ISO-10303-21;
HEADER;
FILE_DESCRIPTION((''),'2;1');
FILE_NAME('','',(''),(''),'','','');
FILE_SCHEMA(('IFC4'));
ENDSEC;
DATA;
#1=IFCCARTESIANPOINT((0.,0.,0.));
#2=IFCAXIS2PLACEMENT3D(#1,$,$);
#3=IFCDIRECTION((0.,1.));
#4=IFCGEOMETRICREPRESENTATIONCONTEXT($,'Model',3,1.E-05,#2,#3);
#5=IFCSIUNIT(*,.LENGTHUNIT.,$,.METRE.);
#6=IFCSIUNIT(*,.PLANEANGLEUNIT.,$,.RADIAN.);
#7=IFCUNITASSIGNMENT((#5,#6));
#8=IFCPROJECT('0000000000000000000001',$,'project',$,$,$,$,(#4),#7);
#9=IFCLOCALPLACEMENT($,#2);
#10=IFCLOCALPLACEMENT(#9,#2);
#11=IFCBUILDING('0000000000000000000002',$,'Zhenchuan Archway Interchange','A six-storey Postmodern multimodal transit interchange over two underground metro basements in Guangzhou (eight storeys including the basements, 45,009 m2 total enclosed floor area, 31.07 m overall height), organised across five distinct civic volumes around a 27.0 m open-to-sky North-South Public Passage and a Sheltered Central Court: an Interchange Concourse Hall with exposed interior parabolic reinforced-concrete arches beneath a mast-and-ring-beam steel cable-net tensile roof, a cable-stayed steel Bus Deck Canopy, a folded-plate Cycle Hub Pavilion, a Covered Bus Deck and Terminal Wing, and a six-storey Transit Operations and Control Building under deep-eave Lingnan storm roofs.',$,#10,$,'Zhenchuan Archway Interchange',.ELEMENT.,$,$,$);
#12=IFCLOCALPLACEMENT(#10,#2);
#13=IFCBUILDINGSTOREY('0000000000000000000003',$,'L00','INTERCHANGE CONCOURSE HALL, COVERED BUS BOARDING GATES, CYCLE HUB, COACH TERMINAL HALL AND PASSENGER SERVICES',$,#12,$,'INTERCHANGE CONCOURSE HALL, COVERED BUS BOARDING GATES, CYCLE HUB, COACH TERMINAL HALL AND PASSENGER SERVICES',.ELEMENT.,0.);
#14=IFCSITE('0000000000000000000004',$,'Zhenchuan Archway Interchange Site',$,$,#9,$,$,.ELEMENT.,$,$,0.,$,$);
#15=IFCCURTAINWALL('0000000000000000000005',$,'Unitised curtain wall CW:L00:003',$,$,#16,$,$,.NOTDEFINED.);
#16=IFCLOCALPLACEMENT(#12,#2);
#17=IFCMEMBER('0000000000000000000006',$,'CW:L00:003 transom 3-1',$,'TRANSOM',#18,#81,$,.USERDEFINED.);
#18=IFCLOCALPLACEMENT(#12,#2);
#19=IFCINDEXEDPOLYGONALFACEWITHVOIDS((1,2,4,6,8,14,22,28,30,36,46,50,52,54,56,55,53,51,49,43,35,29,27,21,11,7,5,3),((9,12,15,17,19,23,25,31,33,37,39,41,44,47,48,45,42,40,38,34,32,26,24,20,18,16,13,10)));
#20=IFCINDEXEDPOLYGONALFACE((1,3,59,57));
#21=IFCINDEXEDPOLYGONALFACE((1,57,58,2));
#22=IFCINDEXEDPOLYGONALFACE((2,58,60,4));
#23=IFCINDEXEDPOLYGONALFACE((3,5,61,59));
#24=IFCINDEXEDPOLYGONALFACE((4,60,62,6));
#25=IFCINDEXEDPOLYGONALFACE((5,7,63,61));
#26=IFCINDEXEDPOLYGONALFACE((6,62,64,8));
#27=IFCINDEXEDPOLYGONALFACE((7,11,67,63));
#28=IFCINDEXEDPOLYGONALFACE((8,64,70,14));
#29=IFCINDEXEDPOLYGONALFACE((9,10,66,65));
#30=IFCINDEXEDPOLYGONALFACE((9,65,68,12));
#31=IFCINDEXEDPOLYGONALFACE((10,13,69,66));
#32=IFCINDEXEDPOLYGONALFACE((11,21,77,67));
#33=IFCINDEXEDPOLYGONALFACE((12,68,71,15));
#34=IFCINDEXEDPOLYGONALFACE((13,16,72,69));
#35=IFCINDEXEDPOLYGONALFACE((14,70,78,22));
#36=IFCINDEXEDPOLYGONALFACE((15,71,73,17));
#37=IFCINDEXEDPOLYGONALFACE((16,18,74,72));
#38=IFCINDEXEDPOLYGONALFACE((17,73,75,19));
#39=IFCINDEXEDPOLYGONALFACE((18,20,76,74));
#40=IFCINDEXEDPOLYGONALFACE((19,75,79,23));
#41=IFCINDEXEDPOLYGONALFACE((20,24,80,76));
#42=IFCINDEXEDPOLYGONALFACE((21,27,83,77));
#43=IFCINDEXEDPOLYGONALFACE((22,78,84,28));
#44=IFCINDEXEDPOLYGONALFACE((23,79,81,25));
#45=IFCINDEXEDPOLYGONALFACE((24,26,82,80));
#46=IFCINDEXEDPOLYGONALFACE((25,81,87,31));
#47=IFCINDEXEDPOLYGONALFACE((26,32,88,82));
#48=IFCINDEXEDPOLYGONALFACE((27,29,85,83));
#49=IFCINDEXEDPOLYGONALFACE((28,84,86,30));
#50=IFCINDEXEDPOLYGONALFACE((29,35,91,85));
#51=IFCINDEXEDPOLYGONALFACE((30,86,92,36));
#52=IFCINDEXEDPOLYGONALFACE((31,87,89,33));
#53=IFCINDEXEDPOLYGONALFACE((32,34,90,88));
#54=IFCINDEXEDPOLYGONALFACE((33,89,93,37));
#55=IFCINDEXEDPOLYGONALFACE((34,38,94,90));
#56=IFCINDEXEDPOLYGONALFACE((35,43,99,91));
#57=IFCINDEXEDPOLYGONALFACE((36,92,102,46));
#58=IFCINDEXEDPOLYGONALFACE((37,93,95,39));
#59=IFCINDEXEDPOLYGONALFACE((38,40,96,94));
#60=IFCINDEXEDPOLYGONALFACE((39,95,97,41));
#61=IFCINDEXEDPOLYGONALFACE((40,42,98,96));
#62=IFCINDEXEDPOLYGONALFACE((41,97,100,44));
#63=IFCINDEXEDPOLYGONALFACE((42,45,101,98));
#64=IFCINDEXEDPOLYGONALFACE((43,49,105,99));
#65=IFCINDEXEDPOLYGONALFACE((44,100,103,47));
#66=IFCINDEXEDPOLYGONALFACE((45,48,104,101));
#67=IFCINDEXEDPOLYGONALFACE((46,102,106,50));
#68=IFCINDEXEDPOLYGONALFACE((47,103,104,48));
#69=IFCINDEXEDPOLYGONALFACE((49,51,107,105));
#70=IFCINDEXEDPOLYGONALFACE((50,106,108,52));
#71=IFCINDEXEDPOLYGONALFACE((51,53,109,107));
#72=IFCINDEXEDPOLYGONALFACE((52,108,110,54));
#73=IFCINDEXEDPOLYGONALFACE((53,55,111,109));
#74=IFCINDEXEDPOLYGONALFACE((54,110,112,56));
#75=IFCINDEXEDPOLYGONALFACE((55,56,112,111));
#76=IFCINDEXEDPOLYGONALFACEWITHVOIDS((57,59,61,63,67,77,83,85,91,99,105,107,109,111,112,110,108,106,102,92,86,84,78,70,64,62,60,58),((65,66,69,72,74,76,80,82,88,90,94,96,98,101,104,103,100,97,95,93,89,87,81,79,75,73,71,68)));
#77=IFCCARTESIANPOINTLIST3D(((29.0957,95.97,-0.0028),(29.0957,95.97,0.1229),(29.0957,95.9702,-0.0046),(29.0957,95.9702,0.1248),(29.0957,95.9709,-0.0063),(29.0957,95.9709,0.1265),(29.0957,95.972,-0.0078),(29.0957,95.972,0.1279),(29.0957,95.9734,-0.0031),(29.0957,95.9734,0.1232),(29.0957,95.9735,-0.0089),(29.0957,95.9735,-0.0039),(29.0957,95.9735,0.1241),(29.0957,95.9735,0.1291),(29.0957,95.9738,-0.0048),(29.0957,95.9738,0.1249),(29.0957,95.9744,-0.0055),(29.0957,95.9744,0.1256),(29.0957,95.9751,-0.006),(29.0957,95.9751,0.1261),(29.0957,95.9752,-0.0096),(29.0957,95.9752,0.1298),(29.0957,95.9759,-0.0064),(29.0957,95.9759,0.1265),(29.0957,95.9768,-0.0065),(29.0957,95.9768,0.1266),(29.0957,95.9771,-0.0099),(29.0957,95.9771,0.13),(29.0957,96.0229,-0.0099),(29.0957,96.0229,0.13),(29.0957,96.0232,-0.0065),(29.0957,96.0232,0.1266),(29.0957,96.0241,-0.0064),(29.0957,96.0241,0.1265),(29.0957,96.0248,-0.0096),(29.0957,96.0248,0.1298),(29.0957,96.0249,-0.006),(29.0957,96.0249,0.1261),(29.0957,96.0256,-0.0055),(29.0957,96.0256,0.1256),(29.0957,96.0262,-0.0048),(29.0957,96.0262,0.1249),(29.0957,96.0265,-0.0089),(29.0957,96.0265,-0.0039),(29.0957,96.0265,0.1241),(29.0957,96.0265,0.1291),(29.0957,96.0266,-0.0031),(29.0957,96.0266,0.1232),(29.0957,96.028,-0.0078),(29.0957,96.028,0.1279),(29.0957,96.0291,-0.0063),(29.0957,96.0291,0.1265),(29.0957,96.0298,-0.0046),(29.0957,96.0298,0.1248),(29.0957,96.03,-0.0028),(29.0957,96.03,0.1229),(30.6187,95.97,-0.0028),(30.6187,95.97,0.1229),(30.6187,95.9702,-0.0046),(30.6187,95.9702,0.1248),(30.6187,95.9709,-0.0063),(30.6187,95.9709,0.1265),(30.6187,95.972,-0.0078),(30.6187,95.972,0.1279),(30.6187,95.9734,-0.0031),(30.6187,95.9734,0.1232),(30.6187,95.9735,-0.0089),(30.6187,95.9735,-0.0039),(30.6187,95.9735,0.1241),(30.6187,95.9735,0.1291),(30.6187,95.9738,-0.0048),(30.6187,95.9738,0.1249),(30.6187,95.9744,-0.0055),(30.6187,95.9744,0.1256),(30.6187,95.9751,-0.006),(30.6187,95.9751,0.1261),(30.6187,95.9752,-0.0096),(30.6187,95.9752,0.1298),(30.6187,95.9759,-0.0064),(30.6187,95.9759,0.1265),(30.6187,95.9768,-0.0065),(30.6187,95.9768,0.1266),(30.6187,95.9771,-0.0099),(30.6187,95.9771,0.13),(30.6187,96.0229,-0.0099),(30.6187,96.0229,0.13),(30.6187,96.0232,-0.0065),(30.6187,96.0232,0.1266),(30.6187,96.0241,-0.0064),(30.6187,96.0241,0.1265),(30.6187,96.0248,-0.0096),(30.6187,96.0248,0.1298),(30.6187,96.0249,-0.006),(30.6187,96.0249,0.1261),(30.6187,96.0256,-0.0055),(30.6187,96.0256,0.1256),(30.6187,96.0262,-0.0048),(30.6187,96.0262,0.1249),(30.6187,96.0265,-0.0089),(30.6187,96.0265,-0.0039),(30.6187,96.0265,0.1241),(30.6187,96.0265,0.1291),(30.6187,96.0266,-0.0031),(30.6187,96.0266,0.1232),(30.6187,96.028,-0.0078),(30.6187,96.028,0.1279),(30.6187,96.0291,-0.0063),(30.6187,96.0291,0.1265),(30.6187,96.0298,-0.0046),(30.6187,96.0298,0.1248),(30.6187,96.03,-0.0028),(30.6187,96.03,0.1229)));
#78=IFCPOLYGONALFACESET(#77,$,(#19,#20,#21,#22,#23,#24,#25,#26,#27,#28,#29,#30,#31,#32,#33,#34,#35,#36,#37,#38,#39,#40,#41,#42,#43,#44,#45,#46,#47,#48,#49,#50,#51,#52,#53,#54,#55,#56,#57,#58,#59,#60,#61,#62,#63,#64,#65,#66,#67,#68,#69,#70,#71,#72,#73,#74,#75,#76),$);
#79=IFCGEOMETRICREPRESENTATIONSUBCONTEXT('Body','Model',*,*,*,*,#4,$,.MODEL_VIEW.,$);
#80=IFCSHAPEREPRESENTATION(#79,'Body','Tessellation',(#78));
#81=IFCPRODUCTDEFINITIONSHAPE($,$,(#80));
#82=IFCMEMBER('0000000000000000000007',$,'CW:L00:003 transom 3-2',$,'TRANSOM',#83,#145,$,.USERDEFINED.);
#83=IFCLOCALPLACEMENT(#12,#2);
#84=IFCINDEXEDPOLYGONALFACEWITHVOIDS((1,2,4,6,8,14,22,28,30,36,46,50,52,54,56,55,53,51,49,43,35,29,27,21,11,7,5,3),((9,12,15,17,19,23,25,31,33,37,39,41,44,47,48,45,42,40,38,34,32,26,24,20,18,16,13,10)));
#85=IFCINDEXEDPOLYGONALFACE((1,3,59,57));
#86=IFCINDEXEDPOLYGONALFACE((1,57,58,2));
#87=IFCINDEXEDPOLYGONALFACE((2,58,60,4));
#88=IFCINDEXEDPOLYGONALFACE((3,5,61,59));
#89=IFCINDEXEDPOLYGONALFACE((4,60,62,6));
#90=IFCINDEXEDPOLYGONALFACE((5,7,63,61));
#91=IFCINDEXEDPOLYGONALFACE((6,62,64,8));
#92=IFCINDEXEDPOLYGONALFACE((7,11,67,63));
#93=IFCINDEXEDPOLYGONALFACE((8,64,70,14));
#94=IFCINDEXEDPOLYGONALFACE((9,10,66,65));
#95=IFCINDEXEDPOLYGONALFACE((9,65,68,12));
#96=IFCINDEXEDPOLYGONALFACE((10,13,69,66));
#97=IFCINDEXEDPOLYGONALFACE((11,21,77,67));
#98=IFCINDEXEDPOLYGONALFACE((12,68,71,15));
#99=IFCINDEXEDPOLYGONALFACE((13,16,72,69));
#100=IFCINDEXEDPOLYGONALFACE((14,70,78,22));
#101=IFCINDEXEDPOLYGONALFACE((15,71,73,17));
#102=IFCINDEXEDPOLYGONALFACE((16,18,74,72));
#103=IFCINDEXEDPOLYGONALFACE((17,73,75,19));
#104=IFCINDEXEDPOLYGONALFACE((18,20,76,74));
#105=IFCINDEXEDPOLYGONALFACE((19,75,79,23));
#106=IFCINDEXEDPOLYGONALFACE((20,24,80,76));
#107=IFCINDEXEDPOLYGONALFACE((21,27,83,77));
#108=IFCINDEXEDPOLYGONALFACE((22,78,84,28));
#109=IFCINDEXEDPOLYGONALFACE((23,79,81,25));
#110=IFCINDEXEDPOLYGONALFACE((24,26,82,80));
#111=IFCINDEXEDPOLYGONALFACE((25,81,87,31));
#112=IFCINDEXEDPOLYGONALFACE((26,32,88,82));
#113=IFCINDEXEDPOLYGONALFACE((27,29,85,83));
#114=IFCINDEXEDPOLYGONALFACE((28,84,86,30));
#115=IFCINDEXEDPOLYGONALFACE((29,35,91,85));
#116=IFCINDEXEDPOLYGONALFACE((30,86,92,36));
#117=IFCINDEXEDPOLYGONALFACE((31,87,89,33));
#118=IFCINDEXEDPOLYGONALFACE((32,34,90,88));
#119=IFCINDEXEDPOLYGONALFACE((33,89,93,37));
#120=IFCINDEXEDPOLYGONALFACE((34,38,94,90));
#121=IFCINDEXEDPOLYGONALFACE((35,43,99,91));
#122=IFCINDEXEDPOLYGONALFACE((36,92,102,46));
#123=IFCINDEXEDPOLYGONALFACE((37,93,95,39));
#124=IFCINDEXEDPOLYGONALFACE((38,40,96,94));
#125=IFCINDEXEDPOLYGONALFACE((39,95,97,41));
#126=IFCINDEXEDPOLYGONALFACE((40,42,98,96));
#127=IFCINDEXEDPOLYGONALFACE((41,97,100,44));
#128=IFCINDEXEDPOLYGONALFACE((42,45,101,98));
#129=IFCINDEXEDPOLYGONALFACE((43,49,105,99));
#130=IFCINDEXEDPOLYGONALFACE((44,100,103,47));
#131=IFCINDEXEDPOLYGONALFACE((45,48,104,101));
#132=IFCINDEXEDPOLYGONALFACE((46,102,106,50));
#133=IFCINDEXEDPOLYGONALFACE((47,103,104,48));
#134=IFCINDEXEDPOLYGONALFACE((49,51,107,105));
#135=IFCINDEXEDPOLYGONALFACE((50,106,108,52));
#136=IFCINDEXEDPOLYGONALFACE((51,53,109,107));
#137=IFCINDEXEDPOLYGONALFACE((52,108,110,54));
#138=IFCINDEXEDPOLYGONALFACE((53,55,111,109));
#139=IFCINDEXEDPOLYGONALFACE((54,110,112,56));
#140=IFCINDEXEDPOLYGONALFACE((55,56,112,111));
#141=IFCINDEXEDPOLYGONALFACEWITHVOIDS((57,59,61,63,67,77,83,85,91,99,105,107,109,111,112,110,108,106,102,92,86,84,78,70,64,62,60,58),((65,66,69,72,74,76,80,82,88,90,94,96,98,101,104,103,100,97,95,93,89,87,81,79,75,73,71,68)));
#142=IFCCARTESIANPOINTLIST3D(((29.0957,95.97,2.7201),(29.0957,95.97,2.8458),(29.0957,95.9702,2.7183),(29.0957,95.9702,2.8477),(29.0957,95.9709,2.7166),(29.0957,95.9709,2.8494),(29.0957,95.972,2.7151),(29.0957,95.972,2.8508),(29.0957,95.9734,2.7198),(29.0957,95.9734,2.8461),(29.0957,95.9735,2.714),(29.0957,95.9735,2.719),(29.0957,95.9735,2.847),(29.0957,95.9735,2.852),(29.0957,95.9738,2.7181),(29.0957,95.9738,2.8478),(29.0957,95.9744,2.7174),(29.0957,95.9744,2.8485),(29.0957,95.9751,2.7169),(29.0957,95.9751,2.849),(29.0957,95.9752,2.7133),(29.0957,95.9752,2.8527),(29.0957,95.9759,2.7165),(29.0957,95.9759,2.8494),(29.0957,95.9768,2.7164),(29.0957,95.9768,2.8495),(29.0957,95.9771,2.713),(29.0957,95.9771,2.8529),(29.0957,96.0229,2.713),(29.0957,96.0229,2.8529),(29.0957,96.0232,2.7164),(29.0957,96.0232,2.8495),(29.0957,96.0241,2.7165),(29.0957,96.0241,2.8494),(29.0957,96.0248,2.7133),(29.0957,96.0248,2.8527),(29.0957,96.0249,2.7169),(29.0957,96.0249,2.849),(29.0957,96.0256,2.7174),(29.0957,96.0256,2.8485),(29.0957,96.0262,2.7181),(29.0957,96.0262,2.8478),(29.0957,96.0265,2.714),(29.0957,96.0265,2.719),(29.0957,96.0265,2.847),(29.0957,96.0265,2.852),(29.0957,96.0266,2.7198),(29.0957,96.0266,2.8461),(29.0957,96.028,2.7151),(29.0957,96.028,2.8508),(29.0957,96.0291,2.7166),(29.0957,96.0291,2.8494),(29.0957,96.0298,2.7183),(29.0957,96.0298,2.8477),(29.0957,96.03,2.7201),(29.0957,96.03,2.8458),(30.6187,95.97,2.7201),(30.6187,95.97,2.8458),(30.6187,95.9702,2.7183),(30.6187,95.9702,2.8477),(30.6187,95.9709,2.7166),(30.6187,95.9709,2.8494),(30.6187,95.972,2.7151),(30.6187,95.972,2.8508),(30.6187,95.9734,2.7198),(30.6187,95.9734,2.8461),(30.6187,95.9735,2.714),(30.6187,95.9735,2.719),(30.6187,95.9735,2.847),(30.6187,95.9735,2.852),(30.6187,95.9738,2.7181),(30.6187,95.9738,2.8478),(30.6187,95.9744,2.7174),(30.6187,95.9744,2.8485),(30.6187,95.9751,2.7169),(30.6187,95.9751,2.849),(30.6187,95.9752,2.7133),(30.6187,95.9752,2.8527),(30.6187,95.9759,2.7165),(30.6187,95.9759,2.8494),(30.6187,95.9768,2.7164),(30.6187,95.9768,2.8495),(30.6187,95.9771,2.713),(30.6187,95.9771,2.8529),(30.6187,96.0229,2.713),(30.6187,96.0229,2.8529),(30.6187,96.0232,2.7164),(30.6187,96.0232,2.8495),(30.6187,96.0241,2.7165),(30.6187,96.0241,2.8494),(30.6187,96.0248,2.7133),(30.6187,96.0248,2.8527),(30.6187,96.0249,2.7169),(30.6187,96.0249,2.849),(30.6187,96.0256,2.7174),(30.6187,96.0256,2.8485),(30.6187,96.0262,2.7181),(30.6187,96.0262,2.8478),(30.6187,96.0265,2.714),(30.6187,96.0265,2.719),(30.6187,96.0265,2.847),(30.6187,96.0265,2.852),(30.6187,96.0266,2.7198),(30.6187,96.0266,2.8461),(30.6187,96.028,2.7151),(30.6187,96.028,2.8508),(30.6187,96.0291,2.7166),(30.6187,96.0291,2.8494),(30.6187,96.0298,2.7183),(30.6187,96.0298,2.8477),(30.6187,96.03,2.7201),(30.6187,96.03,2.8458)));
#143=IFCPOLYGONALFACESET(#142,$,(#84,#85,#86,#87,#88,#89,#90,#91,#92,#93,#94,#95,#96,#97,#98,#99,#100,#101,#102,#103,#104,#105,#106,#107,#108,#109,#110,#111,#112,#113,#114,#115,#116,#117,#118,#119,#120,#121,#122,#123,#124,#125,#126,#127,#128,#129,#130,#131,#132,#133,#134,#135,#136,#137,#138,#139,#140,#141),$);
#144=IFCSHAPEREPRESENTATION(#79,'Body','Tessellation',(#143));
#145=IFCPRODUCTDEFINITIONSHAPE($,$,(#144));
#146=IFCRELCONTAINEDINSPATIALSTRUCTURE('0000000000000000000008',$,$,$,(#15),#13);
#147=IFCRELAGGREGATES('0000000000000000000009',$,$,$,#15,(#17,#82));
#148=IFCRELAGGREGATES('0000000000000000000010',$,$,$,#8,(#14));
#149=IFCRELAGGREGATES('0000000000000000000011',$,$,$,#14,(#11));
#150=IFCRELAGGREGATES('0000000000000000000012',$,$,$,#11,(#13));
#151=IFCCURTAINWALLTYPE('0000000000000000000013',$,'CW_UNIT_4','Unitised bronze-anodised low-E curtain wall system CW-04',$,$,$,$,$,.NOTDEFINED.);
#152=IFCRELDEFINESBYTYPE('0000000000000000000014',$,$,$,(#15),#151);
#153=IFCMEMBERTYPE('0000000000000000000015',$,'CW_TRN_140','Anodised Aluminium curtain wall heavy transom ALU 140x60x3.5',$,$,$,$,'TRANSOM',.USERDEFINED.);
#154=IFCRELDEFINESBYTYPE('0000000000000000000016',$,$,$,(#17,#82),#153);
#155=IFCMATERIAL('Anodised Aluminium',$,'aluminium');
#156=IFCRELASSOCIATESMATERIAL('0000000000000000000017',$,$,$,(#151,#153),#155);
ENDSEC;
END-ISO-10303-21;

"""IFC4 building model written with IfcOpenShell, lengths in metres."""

from ifc_helpers import new_model, si_unit, direction, frame, origin, origin_2d, place, context, subcontext, project, spatial, hollow_rectangle, extrude, material, material_profile, profile_set, type_object, element, aggregate, save


model = new_model("IFC4")

# Units and contexts
model_context = context("Model", 3, precision=1e-05, world=origin(), true_north=direction((0.0, 1.0)))
body_context = subcontext(model_context, "Body", "Model", "MODEL_VIEW")
ifc_project = project(units=[si_unit("LENGTHUNIT", "METRE"), si_unit("PLANEANGLEUNIT", "RADIAN")], contexts=[model_context])

# Site, building, storey
site_placement = place(None, origin())
site = spatial("IfcSite", under=ifc_project, at=site_placement, Name="Zhenchuan Archway Interchange Site", CompositionType="ELEMENT", RefElevation=0.0)
building_placement = place(site_placement, origin())
building = spatial("IfcBuilding", under=site, at=building_placement, Name="Zhenchuan Archway Interchange", Description="A six-storey Postmodern multimodal transit interchange over two underground metro basements in Guangzhou (eight storeys including the basements, 45,009 m2 total enclosed floor area, 31.07 m overall height), organised across five distinct civic volumes around a 27.0 m open-to-sky North-South Public Passage and a Sheltered Central Court: an Interchange Concourse Hall with exposed interior parabolic reinforced-concrete arches beneath a mast-and-ring-beam steel cable-net tensile roof, a cable-stayed steel Bus Deck Canopy, a folded-plate Cycle Hub Pavilion, a Covered Bus Deck and Terminal Wing, and a six-storey Transit Operations and Control Building under deep-eave Lingnan storm roofs.", LongName="Zhenchuan Archway Interchange", CompositionType="ELEMENT")
storey_placement = place(building_placement, origin())
storey = spatial("IfcBuildingStorey", under=building, at=storey_placement, Name="L00", Description="INTERCHANGE CONCOURSE HALL, COVERED BUS BOARDING GATES, CYCLE HUB, COACH TERMINAL HALL AND PASSENGER SERVICES", LongName="INTERCHANGE CONCOURSE HALL, COVERED BUS BOARDING GATES, CYCLE HUB, COACH TERMINAL HALL AND PASSENGER SERVICES", CompositionType="ELEMENT", Elevation=0.0)

# Curtain wall, members
ifc_material_1 = material(Name="Anodised Aluminium", Category="aluminium")
curtain_wall_type = type_object("IfcCurtainWallType", Name="CW_UNIT_4", Description="Unitised bronze-anodised low-E curtain wall system CW-04", PredefinedType="NOTDEFINED", material=ifc_material_1)
curtain_wall_placement = place(storey_placement, origin())
curtain_wall = element("IfcCurtainWall", 1, at=curtain_wall_placement, inside=storey, type_object=curtain_wall_type, Name="Unitised curtain wall CW:L00:003", PredefinedType="NOTDEFINED")
ifc_material_profile_1 = material_profile(ifc_material_1, hollow_rectangle(XDim=0.0601, YDim=0.1399, WallThickness=0.0034, InnerFilletRadius=0.0034, OuterFilletRadius=0.0071, at=origin_2d()), Name="ALU 140x60x3.5")
ifc_profile_set_1 = profile_set([ifc_material_profile_1], Name="Anodised Aluminium")
member_type_1 = type_object("IfcMemberType", Name="CW_TRN_140", Description="Anodised Aluminium curtain wall heavy transom ALU 140x60x3.5", ElementType="TRANSOM", PredefinedType="USERDEFINED", material=ifc_profile_set_1)
member_1_placement = place(storey_placement, frame((30.6187, 96.0, 0.0601), z_axis=(-1.0, 0.0, 0.0), x_axis=(0.0, -1.0, 0.0)))
member_1 = element("IfcMember", 2, at=member_1_placement, type_object=member_type_1, Name="CW:L00:003 transom 3-1", ObjectType="TRANSOM", PredefinedType="USERDEFINED", context=body_context, shape_type="SweptSolid", body=[
    extrude(hollow_rectangle(XDim=0.0601, YDim=0.1399, WallThickness=0.0034, InnerFilletRadius=0.0034, OuterFilletRadius=0.0071, at=origin_2d()), origin(), (0.0, 0.0, 1.0), 1.5229),
])
member_2_placement = place(storey_placement, frame((30.6187, 96.0, 2.783), z_axis=(-1.0, 0.0, 0.0), x_axis=(0.0, -1.0, 0.0)))
member_2 = element("IfcMember", 3, at=member_2_placement, type_object=member_type_1, Name="CW:L00:003 transom 3-2", ObjectType="TRANSOM", PredefinedType="USERDEFINED", context=body_context, shape_type="SweptSolid", body=[
    extrude(hollow_rectangle(XDim=0.0601, YDim=0.1399, WallThickness=0.0034, InnerFilletRadius=0.0034, OuterFilletRadius=0.0071, at=origin_2d()), origin(), (0.0, 0.0, 1.0), 1.5229),
])

aggregate(curtain_wall, [member_1, member_2])

save(model, "model.ifc")
